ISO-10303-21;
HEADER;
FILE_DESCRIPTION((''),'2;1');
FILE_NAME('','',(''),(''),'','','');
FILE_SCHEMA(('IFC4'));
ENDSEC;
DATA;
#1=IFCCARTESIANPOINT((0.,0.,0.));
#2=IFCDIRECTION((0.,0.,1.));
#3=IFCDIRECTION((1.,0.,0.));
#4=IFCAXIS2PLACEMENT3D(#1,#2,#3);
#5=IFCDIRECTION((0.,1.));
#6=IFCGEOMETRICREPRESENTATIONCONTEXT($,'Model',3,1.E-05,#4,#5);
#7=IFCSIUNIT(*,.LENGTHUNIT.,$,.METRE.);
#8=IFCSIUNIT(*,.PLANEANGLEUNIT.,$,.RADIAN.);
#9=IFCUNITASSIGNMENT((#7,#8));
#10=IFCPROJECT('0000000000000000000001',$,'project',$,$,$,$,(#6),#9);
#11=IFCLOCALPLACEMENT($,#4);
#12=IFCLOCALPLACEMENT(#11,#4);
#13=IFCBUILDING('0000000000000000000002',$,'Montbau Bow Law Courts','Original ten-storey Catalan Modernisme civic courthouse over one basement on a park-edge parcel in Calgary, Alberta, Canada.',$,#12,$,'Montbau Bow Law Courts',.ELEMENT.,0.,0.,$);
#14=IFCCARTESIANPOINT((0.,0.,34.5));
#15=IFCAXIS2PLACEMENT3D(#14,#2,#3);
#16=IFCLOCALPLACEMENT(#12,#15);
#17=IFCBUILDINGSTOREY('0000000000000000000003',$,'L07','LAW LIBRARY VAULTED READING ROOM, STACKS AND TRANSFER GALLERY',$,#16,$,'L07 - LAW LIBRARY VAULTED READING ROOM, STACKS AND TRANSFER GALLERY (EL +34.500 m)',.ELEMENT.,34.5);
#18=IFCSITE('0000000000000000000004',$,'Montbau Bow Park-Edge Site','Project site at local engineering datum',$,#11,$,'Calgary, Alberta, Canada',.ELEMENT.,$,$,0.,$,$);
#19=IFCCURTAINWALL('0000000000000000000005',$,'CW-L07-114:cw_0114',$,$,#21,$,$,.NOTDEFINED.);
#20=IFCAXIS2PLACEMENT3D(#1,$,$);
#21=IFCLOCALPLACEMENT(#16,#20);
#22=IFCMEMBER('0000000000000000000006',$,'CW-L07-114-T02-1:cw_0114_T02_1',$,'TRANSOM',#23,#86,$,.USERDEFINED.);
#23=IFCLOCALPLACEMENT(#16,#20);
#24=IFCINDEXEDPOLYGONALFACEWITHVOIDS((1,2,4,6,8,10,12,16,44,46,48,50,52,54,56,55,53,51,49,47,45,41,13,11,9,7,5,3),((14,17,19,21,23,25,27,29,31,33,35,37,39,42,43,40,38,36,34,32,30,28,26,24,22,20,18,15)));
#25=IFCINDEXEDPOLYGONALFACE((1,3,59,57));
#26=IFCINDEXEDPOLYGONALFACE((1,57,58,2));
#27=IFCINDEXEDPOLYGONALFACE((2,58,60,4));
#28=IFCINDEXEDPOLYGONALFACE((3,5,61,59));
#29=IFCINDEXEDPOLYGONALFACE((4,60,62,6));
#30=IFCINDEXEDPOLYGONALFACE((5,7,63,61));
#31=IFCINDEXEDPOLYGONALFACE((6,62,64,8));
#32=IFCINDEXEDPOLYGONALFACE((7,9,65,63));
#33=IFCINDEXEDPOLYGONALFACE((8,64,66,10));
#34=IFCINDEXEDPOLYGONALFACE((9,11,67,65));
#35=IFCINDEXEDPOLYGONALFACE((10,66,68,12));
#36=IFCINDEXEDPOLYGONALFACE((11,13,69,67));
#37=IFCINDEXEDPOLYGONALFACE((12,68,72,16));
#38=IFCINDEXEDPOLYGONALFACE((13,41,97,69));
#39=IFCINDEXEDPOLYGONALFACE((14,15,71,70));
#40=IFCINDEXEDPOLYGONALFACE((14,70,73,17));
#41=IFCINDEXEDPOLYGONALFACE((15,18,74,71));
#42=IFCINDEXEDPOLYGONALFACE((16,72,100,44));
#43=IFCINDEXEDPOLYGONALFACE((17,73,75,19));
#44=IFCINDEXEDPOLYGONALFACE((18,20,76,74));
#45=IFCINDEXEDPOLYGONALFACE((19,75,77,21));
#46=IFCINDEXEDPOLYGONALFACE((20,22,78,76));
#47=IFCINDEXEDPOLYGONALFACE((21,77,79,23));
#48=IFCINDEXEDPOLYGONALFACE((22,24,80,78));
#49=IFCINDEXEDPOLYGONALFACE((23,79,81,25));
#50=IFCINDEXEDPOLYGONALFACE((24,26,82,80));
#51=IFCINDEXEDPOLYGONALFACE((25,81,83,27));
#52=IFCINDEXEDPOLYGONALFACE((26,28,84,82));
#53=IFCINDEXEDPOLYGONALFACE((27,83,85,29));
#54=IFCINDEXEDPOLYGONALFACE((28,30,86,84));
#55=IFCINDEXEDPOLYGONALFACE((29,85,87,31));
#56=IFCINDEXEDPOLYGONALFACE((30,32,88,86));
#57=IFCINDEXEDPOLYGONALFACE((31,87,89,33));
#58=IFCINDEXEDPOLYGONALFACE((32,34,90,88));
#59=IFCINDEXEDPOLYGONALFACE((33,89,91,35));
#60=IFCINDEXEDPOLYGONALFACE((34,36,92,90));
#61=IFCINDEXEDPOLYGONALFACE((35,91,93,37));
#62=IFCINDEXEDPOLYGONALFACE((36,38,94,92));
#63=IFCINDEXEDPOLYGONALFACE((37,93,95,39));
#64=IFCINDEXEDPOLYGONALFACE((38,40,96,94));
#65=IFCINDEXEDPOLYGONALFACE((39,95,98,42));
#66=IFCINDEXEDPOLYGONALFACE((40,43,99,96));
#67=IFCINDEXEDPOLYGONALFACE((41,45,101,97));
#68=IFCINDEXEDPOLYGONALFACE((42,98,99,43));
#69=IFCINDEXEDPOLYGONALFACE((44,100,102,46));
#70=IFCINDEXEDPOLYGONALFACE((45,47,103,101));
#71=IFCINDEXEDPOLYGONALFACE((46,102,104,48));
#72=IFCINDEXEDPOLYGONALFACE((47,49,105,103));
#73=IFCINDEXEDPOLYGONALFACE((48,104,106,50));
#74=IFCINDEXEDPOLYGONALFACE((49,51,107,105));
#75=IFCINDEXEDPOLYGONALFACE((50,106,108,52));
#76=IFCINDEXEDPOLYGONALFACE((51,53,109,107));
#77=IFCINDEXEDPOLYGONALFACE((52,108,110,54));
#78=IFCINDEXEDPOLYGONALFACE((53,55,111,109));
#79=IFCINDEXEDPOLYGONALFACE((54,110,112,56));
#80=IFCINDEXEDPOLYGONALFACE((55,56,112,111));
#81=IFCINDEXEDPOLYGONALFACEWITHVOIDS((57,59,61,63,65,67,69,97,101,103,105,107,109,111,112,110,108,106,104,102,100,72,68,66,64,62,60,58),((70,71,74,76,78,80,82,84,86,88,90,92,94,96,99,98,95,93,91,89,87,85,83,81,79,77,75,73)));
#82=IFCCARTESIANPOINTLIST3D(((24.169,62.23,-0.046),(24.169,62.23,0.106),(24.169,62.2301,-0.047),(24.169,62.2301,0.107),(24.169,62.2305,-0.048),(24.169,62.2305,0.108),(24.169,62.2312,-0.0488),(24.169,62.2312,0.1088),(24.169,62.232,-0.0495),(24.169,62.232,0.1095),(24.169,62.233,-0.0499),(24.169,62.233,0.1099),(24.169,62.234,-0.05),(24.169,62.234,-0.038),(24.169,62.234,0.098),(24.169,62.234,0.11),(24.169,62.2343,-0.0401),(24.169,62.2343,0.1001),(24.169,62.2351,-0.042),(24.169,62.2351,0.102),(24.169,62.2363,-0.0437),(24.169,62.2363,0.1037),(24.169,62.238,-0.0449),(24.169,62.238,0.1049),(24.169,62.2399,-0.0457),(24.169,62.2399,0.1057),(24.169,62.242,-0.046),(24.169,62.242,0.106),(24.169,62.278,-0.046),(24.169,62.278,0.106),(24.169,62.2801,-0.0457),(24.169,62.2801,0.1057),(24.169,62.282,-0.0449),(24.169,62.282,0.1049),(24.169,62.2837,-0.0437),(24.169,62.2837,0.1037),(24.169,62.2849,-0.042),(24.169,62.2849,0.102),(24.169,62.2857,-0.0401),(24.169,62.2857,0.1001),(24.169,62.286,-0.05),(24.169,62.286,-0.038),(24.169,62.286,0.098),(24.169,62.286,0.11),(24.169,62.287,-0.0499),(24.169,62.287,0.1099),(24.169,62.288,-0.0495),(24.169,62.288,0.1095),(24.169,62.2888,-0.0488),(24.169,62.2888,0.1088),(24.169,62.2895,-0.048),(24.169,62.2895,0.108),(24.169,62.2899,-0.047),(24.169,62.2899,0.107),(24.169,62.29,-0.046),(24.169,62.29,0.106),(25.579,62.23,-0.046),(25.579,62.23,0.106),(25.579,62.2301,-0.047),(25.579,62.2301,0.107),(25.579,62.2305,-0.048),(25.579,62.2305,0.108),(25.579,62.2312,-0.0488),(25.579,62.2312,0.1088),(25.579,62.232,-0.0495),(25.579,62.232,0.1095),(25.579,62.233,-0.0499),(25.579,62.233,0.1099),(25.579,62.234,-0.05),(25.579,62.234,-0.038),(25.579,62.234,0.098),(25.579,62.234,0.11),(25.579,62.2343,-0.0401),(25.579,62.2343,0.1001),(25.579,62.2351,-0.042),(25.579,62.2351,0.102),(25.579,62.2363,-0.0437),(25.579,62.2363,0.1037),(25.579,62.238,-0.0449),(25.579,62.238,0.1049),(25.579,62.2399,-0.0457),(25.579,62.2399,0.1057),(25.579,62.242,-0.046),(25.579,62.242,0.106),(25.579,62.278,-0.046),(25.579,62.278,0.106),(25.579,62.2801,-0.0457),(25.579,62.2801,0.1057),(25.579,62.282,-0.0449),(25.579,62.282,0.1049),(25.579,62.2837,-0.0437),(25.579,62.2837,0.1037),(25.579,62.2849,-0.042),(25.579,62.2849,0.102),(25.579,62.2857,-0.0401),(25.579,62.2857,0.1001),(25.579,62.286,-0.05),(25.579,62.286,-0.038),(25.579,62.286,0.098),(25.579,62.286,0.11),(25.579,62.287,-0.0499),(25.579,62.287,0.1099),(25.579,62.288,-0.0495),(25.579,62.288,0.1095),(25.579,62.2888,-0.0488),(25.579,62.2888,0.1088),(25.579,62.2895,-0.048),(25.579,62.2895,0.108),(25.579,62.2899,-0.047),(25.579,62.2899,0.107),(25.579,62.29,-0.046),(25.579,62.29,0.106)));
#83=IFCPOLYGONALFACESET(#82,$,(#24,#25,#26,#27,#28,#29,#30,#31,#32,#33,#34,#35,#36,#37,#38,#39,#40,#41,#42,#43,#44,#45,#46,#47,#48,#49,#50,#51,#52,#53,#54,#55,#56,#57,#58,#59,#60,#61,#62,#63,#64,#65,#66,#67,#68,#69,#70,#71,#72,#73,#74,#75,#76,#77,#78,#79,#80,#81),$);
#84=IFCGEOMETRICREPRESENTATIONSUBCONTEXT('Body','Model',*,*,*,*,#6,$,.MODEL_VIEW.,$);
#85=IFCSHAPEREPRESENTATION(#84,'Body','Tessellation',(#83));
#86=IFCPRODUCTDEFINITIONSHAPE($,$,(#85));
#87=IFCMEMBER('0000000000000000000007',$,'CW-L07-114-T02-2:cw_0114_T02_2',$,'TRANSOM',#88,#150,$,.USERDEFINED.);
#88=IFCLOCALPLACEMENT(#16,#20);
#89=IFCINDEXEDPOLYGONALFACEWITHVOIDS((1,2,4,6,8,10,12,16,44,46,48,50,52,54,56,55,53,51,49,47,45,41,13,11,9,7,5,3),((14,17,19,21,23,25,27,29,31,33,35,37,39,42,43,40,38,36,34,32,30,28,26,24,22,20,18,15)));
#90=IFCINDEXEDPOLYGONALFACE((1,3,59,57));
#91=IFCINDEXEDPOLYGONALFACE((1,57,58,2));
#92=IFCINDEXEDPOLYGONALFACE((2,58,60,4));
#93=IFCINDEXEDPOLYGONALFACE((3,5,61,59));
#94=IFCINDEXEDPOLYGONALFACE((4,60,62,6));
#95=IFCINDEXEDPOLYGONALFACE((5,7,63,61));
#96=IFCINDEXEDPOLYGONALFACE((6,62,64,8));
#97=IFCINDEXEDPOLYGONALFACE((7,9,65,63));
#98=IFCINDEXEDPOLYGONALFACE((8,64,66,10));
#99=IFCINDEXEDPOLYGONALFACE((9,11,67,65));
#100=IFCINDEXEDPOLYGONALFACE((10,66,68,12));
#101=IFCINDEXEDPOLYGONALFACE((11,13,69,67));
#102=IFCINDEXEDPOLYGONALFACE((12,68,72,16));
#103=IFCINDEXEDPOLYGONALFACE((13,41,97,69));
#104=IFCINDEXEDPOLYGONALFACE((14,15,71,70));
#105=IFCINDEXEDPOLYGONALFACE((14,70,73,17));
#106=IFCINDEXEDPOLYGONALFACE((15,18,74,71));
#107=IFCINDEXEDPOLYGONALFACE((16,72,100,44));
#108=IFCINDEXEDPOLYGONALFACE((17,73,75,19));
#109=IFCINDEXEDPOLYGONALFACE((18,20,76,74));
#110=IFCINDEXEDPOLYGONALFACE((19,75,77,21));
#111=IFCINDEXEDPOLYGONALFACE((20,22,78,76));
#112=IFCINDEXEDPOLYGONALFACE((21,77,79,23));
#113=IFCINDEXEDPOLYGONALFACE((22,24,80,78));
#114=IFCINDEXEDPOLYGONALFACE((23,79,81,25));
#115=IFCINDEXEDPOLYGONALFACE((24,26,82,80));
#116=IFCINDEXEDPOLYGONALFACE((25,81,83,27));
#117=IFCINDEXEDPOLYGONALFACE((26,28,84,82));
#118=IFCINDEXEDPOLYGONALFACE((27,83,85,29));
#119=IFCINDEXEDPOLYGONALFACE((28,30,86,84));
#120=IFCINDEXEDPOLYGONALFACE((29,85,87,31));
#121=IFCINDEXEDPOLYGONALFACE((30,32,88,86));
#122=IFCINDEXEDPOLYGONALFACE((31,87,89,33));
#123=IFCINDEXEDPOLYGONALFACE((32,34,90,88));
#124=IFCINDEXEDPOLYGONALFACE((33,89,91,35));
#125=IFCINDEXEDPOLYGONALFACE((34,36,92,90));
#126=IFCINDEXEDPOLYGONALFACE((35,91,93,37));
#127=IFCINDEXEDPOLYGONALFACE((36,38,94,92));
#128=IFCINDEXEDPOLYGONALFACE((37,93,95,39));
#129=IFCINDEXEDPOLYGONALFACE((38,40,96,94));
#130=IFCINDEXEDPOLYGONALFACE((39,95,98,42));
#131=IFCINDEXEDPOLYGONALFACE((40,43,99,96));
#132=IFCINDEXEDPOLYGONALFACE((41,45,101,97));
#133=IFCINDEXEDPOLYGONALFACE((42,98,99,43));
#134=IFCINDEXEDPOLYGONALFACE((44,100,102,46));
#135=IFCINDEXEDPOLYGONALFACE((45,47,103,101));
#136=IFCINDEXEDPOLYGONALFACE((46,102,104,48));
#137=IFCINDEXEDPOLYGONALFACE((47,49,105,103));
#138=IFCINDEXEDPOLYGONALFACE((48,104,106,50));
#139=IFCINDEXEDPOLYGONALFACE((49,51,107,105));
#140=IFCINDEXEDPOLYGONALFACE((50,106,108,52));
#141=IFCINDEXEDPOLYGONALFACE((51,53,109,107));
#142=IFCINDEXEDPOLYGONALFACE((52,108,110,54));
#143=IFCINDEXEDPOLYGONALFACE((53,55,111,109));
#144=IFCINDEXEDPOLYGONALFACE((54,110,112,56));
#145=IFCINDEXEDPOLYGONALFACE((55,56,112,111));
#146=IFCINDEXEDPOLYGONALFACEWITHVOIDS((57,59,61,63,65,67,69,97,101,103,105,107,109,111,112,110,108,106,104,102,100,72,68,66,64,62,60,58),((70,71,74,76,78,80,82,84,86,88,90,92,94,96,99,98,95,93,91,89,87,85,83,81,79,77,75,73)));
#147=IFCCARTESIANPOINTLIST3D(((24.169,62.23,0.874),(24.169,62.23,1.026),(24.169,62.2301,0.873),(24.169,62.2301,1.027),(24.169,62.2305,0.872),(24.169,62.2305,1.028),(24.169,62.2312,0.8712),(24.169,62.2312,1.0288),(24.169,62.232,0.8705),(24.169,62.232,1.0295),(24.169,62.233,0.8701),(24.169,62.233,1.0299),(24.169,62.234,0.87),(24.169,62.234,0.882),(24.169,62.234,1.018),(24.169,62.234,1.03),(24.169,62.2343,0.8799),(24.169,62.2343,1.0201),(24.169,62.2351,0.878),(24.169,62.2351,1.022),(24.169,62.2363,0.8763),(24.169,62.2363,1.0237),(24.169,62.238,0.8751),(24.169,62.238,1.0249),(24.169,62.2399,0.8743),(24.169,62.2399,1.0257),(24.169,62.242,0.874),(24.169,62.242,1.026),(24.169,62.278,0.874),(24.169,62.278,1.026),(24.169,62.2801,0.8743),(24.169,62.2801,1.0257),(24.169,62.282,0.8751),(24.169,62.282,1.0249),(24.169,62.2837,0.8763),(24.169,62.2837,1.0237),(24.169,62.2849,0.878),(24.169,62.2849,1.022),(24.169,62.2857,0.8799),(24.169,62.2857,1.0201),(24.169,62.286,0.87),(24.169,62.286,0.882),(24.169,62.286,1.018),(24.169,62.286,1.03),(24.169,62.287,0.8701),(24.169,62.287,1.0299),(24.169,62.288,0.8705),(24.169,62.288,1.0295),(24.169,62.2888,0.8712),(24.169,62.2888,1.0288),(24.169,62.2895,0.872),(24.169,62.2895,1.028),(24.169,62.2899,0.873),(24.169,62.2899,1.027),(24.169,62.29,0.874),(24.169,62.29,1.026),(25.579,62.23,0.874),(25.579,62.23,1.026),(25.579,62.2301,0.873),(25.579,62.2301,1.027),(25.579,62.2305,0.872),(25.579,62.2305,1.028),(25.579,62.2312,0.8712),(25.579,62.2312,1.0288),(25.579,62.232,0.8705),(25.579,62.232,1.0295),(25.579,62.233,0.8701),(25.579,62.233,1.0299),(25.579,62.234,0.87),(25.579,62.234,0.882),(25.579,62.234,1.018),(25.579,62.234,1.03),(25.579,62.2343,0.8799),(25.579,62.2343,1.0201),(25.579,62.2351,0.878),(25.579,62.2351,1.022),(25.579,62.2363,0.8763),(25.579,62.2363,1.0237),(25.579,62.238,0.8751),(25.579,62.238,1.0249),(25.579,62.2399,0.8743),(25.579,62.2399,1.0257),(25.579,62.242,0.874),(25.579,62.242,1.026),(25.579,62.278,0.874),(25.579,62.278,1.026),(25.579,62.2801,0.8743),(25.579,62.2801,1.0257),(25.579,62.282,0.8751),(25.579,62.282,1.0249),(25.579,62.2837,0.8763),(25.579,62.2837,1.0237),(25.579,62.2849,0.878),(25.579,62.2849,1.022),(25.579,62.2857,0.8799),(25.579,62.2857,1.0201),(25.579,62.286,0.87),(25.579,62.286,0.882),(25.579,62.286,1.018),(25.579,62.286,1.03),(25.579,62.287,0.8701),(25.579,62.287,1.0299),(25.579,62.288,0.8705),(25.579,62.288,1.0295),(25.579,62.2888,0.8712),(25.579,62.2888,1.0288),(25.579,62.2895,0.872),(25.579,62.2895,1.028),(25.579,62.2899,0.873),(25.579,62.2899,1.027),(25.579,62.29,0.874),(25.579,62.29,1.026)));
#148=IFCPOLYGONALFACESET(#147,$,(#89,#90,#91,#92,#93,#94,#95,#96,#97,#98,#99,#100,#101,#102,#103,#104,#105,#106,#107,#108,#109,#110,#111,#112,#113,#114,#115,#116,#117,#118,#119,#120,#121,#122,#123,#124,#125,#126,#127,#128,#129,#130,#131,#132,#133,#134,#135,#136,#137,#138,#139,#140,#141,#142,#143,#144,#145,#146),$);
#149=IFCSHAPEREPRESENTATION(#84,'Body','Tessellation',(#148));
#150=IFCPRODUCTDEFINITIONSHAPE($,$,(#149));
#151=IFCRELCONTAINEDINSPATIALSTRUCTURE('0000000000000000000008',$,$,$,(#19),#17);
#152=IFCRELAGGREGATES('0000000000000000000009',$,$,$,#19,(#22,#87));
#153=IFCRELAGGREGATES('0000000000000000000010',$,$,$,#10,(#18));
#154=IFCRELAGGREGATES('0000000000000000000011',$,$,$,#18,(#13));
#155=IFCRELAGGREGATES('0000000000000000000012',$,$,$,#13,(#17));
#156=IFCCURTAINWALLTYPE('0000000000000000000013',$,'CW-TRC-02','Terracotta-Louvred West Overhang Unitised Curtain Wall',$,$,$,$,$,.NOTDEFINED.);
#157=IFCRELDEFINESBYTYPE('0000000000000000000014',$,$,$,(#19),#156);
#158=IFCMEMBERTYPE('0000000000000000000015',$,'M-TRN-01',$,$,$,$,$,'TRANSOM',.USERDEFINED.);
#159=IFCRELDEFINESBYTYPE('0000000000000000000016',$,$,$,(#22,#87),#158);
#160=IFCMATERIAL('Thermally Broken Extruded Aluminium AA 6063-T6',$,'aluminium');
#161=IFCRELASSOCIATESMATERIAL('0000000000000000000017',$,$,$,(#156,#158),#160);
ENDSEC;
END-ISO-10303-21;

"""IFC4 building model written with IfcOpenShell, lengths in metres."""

from ifc_helpers import new_model, si_unit, direction, frame, origin_with_axes, origin_2d_with_axis, place, context, subcontext, project, spatial, hollow_rectangle, extrude, material, material_profile, profile_set, type_object, element, aggregate, save


model = new_model("IFC4")

# Units and contexts
model_context = context("Model", 3, precision=1e-05, world=origin_with_axes(), true_north=direction((0.0, 1.0)))
body_context = subcontext(model_context, "Body", "Model", "MODEL_VIEW")
ifc_project = project(units=[si_unit("LENGTHUNIT", "METRE"), si_unit("PLANEANGLEUNIT", "RADIAN")], contexts=[model_context])

# Site, building, storey
site_placement = place(None, origin_with_axes())
site = spatial("IfcSite", under=ifc_project, at=site_placement, Name="Montbau Bow Park-Edge Site", Description="Project site at local engineering datum", LongName="Calgary, Alberta, Canada", CompositionType="ELEMENT", RefElevation=0.0)
building_placement = place(site_placement, origin_with_axes())
building = spatial("IfcBuilding", under=site, at=building_placement, Name="Montbau Bow Law Courts", Description="Original ten-storey Catalan Modernisme civic courthouse over one basement on a park-edge parcel in Calgary, Alberta, Canada.", LongName="Montbau Bow Law Courts", CompositionType="ELEMENT", ElevationOfRefHeight=0.0, ElevationOfTerrain=0.0)
storey_placement = place(building_placement, frame((0.0, 0.0, 34.5), z_axis=(0.0, 0.0, 1.0), x_axis=(1.0, 0.0, 0.0)))
storey = spatial("IfcBuildingStorey", under=building, at=storey_placement, Name="L07", Description="LAW LIBRARY VAULTED READING ROOM, STACKS AND TRANSFER GALLERY", LongName="L07 - LAW LIBRARY VAULTED READING ROOM, STACKS AND TRANSFER GALLERY (EL +34.500 m)", CompositionType="ELEMENT", Elevation=34.5)

# Curtain wall, members
ifc_material_1 = material(Name="Thermally Broken Extruded Aluminium AA 6063-T6", Category="aluminium")
curtain_wall_type = type_object("IfcCurtainWallType", Name="CW-TRC-02", Description="Terracotta-Louvred West Overhang Unitised Curtain Wall", PredefinedType="NOTDEFINED", material=ifc_material_1)
curtain_wall_placement = place(None, frame((22.64, 62.26, 34.5), z_axis=(0.0, 0.0, 1.0), x_axis=(1.0, 0.0, 0.0)))
curtain_wall = element("IfcCurtainWall", 1, at=curtain_wall_placement, inside=storey, type_object=curtain_wall_type, Name="CW-L07-114:cw_0114", PredefinedType="NOTDEFINED")
ifc_material_profile_1 = material_profile(ifc_material_1, hollow_rectangle(XDim=0.06, YDim=0.16, WallThickness=0.004, InnerFilletRadius=0.008, OuterFilletRadius=0.004, at=origin_2d_with_axis()), Name="CWT-160X60", Category="Main", Priority=0)
ifc_profile_set_1 = profile_set([ifc_material_profile_1], Name="Thermally Broken Extruded Aluminium AA 6063-T6")
member_type_1 = type_object("IfcMemberType", Name="M-TRN-01", ElementType="TRANSOM", PredefinedType="USERDEFINED", material=ifc_profile_set_1)
member_1_placement = place(None, frame((24.169, 62.26, 34.53), z_axis=(1.0, 0.0, 0.0), x_axis=(0.0, 1.0, 0.0)))
member_1 = element("IfcMember", 2, at=member_1_placement, type_object=member_type_1, Name="CW-L07-114-T02-1:cw_0114_T02_1", ObjectType="TRANSOM", PredefinedType="USERDEFINED", context=body_context, shape_type="SweptSolid", body=[
    extrude(hollow_rectangle(XDim=0.06, YDim=0.16, WallThickness=0.004, InnerFilletRadius=0.008, OuterFilletRadius=0.004, at=origin_2d_with_axis()), origin_with_axes(), (0.0, 0.0, 1.0), 1.41),
])
member_2_placement = place(None, frame((24.169, 62.26, 35.45), z_axis=(1.0, 0.0, 0.0), x_axis=(0.0, 1.0, 0.0)))
member_2 = element("IfcMember", 3, at=member_2_placement, type_object=member_type_1, Name="CW-L07-114-T02-2:cw_0114_T02_2", ObjectType="TRANSOM", PredefinedType="USERDEFINED", context=body_context, shape_type="SweptSolid", body=[
    extrude(hollow_rectangle(XDim=0.06, YDim=0.16, WallThickness=0.004, InnerFilletRadius=0.008, OuterFilletRadius=0.004, at=origin_2d_with_axis()), origin_with_axes(), (0.0, 0.0, 1.0), 1.41),
])
aggregate(curtain_wall, [member_1, member_2])

save(model, "model.ifc")
